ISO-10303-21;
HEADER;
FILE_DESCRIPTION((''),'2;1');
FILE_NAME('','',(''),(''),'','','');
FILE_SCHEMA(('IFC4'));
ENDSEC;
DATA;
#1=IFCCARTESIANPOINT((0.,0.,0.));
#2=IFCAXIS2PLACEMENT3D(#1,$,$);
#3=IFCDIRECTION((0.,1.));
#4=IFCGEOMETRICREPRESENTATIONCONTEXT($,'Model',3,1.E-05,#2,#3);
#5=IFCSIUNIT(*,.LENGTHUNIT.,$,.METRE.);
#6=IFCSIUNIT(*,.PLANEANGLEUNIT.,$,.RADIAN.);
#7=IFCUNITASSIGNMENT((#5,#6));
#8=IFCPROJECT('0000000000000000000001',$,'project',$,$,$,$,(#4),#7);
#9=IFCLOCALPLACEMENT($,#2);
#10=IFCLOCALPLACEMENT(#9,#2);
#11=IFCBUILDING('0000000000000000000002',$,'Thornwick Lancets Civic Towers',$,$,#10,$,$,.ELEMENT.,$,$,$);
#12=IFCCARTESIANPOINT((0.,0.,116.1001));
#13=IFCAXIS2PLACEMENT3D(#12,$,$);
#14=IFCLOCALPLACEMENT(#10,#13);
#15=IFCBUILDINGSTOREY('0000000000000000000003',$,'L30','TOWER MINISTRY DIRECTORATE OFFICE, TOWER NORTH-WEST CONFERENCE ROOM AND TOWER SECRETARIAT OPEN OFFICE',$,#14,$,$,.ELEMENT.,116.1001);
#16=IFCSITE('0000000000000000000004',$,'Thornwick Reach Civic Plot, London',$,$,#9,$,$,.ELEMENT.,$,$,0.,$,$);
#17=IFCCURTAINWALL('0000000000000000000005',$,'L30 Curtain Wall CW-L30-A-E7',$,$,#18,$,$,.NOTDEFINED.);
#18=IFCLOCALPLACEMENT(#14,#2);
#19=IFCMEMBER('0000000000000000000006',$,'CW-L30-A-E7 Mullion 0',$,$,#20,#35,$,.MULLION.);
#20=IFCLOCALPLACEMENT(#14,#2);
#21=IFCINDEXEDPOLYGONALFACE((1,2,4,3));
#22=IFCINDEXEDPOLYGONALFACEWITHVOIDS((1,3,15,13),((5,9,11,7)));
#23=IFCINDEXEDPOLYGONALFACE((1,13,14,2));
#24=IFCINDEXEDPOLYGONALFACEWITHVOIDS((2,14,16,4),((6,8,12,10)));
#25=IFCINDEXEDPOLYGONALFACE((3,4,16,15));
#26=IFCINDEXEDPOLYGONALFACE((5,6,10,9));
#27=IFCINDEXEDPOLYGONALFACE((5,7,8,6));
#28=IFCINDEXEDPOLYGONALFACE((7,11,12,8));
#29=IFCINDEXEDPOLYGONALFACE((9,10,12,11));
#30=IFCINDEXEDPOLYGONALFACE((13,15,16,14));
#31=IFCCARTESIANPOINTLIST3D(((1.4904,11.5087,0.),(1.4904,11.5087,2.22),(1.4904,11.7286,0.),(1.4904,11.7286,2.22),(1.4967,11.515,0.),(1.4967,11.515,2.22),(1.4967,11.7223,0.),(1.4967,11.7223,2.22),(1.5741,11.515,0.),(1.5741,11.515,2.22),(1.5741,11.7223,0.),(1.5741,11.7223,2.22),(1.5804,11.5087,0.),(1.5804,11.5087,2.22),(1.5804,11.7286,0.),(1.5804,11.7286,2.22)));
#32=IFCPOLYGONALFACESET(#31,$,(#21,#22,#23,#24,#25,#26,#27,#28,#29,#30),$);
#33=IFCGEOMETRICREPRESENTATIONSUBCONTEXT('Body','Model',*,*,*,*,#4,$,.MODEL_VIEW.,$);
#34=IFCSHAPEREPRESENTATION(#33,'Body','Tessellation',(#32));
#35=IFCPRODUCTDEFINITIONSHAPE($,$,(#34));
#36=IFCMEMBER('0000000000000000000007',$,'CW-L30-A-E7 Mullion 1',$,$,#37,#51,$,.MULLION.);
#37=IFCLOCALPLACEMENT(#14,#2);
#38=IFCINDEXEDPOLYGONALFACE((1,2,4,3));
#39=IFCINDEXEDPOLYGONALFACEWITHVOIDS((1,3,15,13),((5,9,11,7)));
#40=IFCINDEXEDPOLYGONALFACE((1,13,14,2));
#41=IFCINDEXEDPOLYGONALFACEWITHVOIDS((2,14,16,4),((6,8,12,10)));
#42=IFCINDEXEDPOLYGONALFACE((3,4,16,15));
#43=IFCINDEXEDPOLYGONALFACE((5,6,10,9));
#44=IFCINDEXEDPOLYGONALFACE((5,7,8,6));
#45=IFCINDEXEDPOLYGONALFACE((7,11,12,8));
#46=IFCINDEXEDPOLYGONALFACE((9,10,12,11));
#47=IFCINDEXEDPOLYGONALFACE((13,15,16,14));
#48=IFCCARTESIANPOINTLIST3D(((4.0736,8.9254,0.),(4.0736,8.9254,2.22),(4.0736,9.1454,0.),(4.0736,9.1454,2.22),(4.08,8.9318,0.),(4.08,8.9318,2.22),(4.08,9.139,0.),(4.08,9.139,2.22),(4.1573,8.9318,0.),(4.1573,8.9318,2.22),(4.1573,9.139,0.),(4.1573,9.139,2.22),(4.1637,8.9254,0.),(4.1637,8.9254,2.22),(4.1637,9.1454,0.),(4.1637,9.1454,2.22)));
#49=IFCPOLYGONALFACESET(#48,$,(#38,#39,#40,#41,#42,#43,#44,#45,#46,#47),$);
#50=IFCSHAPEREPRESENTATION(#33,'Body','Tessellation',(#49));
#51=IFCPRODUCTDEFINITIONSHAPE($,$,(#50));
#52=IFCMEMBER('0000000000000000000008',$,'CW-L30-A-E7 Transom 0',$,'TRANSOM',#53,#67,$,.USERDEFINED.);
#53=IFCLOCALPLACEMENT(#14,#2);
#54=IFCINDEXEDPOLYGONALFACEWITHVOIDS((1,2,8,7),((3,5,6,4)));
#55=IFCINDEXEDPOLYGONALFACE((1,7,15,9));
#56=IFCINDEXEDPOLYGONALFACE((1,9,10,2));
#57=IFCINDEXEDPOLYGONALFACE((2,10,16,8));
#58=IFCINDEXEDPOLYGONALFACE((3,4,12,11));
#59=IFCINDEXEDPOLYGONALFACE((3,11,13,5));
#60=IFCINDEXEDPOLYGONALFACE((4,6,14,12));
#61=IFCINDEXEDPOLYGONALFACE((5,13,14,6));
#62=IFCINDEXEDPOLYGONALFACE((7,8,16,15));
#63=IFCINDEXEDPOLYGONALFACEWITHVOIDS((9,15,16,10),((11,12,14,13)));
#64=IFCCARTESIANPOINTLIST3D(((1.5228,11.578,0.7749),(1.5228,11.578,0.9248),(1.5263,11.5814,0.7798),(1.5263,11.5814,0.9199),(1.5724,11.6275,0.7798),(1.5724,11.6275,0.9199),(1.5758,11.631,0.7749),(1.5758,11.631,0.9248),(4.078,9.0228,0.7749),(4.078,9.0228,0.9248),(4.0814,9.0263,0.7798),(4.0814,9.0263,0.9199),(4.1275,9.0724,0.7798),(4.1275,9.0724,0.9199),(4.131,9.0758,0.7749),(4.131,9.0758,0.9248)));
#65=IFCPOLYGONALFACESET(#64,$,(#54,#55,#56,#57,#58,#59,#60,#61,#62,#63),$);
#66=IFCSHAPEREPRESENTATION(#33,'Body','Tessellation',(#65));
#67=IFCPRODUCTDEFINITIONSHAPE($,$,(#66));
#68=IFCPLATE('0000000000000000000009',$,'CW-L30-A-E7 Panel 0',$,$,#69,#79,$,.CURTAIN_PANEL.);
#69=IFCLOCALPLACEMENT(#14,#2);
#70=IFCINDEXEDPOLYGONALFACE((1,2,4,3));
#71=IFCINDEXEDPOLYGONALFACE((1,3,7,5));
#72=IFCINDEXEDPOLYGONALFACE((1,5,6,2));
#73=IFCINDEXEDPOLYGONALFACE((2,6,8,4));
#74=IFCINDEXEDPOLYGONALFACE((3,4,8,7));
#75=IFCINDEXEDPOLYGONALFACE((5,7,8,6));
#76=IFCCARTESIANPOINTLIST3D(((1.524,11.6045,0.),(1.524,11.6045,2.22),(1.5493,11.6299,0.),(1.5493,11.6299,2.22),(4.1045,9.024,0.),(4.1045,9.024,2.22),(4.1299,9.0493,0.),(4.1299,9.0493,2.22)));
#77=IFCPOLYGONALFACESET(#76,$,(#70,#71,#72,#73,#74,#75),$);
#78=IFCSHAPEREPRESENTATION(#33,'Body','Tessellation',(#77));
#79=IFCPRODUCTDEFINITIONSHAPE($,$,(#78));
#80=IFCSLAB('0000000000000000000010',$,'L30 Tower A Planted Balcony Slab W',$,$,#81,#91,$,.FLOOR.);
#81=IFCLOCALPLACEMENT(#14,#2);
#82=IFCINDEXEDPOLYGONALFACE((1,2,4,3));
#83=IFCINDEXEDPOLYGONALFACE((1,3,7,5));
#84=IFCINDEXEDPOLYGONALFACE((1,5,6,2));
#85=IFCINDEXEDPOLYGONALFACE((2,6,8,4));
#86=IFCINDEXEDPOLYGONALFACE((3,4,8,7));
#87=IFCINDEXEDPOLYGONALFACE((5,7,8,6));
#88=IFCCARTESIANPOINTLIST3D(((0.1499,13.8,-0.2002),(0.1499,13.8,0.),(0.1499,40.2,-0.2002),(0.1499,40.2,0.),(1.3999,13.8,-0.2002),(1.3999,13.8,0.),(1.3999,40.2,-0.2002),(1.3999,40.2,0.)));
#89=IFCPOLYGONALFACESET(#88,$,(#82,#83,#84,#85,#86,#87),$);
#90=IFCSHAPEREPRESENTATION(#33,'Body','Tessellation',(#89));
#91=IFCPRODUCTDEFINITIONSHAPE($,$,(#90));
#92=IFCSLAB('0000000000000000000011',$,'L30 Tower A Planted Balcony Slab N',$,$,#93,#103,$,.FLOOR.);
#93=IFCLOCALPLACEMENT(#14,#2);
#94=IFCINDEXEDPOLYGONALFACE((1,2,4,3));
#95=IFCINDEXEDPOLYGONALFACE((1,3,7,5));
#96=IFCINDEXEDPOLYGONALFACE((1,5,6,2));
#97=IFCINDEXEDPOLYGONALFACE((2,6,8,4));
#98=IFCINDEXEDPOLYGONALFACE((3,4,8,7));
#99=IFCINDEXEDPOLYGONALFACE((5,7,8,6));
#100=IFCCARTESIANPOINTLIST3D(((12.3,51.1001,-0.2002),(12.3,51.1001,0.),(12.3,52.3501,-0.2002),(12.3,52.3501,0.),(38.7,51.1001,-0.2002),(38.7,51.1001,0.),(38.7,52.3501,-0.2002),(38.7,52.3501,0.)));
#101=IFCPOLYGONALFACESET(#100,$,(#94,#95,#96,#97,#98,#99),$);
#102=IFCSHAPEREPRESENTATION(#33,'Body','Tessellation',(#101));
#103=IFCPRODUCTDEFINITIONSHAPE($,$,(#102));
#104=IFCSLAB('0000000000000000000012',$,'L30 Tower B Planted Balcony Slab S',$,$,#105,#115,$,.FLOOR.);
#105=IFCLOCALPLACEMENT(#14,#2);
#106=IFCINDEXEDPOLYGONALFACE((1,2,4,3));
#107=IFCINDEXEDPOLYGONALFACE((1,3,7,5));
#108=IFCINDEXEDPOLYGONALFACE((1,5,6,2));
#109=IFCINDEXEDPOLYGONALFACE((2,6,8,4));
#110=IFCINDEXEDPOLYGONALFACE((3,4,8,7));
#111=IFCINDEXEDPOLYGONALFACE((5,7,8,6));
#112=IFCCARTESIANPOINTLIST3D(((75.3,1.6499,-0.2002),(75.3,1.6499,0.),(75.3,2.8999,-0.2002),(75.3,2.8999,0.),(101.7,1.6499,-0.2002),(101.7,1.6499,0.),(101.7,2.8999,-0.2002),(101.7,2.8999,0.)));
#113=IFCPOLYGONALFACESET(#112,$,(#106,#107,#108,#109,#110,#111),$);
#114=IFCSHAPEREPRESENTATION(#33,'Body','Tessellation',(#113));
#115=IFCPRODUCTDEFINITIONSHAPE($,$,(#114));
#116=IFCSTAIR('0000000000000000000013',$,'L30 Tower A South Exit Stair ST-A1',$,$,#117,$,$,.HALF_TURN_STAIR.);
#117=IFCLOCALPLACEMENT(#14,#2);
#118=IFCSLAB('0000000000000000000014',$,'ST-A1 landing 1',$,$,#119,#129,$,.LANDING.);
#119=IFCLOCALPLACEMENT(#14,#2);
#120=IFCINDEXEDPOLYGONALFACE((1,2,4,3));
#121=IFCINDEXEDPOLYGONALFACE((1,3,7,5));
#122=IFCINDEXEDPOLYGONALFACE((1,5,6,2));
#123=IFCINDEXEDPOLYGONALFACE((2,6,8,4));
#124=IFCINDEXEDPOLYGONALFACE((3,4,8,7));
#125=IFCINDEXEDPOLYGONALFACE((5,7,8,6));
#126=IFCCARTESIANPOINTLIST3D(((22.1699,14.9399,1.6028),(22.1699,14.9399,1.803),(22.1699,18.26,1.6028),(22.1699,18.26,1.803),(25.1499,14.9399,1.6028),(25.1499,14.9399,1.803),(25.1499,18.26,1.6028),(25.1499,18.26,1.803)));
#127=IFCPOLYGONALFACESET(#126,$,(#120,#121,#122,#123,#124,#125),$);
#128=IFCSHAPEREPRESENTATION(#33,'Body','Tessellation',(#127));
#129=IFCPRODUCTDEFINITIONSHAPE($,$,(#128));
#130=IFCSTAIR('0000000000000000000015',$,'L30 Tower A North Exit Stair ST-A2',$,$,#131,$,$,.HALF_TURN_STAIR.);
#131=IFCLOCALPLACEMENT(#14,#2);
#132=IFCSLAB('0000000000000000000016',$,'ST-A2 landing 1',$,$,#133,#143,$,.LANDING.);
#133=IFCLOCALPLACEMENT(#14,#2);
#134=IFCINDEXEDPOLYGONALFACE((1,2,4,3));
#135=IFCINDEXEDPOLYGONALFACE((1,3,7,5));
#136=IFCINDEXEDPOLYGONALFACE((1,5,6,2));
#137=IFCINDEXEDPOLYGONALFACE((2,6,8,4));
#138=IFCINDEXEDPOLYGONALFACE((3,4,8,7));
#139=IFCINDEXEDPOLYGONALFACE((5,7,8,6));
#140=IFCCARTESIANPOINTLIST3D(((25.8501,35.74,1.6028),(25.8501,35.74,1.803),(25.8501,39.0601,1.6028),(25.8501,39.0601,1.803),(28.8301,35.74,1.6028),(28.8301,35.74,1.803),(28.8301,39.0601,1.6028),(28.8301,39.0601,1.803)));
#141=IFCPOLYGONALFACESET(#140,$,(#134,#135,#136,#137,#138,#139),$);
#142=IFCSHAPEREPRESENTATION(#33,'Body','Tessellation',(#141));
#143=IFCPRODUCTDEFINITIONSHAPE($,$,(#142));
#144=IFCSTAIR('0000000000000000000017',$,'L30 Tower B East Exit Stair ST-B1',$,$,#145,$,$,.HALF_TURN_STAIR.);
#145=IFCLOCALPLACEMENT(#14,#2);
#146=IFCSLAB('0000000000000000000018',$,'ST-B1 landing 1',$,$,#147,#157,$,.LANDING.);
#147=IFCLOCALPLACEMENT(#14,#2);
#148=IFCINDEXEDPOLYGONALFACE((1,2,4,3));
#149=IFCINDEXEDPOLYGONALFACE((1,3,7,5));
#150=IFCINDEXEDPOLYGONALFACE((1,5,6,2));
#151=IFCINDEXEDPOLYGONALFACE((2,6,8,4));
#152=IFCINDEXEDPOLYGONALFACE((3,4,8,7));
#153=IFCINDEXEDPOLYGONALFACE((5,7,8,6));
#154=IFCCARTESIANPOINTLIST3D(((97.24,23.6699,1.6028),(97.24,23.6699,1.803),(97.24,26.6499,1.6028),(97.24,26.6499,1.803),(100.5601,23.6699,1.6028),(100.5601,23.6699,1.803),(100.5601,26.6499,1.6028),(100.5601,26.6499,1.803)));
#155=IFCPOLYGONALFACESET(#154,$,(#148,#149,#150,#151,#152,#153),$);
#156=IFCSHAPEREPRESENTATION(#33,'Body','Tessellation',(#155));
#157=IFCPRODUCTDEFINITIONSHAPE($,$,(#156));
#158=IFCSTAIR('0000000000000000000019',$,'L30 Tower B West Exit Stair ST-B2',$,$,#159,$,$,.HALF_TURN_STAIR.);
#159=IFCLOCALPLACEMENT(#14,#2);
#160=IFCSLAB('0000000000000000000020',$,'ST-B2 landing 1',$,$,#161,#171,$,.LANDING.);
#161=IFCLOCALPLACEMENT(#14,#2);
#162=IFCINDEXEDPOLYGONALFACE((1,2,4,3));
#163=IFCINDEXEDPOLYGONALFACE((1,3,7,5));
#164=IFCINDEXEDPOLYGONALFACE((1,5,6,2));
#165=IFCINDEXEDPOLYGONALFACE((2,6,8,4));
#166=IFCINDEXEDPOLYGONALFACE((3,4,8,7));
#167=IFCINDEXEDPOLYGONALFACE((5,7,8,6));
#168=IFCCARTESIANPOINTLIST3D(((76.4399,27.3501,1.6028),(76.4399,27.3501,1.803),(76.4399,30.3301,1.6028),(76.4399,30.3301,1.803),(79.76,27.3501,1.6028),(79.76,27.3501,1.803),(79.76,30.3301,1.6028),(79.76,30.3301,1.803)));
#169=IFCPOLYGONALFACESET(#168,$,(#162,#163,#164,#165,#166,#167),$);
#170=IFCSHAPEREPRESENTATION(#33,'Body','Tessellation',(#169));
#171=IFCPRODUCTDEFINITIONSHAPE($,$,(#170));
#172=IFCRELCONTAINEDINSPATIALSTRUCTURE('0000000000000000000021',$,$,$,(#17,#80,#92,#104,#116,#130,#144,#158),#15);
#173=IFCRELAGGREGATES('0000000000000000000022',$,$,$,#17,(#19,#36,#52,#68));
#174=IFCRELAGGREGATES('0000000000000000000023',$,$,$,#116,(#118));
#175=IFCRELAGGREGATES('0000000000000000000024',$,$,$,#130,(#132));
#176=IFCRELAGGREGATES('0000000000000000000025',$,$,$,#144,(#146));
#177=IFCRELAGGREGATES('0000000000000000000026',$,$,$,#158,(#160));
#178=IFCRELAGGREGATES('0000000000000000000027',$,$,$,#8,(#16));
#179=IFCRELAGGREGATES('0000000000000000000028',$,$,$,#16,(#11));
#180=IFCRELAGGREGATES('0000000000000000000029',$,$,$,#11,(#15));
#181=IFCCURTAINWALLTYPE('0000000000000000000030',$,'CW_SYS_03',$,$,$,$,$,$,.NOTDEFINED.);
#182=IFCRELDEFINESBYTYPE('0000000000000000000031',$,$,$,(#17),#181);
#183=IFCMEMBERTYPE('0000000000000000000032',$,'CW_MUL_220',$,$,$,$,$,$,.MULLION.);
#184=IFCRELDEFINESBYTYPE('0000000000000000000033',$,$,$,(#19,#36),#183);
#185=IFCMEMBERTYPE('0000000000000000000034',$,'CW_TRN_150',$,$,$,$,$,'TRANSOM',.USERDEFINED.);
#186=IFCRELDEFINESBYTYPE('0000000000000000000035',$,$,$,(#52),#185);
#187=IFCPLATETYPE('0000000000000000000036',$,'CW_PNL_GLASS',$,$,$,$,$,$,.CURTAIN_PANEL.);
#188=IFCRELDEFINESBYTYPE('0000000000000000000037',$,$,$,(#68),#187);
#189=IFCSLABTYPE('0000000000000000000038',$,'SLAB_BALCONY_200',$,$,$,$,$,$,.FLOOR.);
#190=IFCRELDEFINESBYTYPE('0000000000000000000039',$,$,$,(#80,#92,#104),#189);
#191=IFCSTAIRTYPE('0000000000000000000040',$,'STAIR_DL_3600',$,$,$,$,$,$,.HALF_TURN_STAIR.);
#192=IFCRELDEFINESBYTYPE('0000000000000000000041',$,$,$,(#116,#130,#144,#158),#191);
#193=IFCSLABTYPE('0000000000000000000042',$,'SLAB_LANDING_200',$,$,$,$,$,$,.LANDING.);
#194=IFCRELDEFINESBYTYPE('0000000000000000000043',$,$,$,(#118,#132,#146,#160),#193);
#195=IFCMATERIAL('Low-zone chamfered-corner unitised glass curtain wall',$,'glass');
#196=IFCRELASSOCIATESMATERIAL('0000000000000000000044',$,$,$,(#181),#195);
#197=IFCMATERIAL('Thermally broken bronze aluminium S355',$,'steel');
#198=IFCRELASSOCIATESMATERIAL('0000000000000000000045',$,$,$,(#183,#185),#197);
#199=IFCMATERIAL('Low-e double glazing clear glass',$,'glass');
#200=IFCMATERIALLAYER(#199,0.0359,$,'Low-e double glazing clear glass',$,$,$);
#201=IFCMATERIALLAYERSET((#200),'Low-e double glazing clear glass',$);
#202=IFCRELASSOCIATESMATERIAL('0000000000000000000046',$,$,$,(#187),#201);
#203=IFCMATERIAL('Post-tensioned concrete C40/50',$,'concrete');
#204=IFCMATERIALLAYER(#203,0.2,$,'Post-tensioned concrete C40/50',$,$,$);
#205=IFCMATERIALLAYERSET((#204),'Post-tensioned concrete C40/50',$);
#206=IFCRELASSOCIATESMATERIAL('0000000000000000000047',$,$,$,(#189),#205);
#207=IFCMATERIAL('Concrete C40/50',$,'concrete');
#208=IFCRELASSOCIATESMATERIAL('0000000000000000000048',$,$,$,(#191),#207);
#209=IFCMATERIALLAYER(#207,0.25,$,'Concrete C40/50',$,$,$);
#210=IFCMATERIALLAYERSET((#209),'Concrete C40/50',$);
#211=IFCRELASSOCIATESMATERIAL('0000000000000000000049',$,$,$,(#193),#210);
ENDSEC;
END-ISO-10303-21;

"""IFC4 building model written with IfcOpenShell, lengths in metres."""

from ifc_helpers import new_model, si_unit, direction, frame, origin, origin_2d, place, context, subcontext, project, spatial, polyline, rectangle, hollow_rectangle, outline, extrude, material, layer, layer_set, material_profile, profile_set, type_object, element, aggregate, save


model = new_model("IFC4")

# Units and contexts
model_context = context("Model", 3, precision=1e-05, world=origin(), true_north=direction((0.0, 1.0)))
body_context = subcontext(model_context, "Body", "Model", "MODEL_VIEW")
ifc_project = project(units=[si_unit("LENGTHUNIT", "METRE"), si_unit("PLANEANGLEUNIT", "RADIAN")], contexts=[model_context])

# Site, building, storey
site_placement = place(None, origin())
site = spatial("IfcSite", under=ifc_project, at=site_placement, Name="Thornwick Reach Civic Plot, London", CompositionType="ELEMENT", RefElevation=0.0)
building_placement = place(site_placement, origin())
building = spatial("IfcBuilding", under=site, at=building_placement, Name="Thornwick Lancets Civic Towers", CompositionType="ELEMENT")
storey_placement = place(building_placement, frame((0.0, 0.0, 116.1001)))
storey = spatial("IfcBuildingStorey", under=building, at=storey_placement, Name="L30", Description="TOWER MINISTRY DIRECTORATE OFFICE, TOWER NORTH-WEST CONFERENCE ROOM AND TOWER SECRETARIAT OPEN OFFICE", CompositionType="ELEMENT", Elevation=116.1001)

# Curtain wall, members, plate
ifc_material_1 = material(Name="Low-zone chamfered-corner unitised glass curtain wall", Category="glass")
curtain_wall_type = type_object("IfcCurtainWallType", Name="CW_SYS_03", PredefinedType="NOTDEFINED", material=ifc_material_1)
curtain_wall_placement = place(storey_placement, origin())
curtain_wall = element("IfcCurtainWall", 1, at=curtain_wall_placement, inside=storey, type_object=curtain_wall_type, Name="L30 Curtain Wall CW-L30-A-E7", PredefinedType="NOTDEFINED")
ifc_material_2 = material(Name="Thermally broken bronze aluminium S355", Category="steel")
ifc_material_profile_1 = material_profile(ifc_material_2, hollow_rectangle(XDim=0.0901, YDim=0.22, WallThickness=0.0063, at=origin_2d()), Name="RHS 220x90x6.3")
ifc_profile_set_1 = profile_set([ifc_material_profile_1], Name="Thermally broken bronze aluminium S355")
member_type_1 = type_object("IfcMemberType", Name="CW_MUL_220", PredefinedType="MULLION", material=ifc_profile_set_1)
member_1_placement = place(storey_placement, frame((1.5354, 11.6187, 0.0), z_axis=(0.0, 0.0, 1.0), x_axis=(1.0, 0.0, 0.0)))
member_1 = element("IfcMember", 2, at=member_1_placement, type_object=member_type_1, Name="CW-L30-A-E7 Mullion 0", PredefinedType="MULLION", context=body_context, shape_type="SweptSolid", body=[
    extrude(hollow_rectangle(XDim=0.0901, YDim=0.22, WallThickness=0.0063, at=origin_2d()), origin(), (0.0, 0.0, 1.0), 2.22),
])
member_2_placement = place(storey_placement, frame((4.1187, 9.0354, 0.0), z_axis=(0.0, 0.0, 1.0), x_axis=(1.0, 0.0, 0.0)))
member_2 = element("IfcMember", 3, at=member_2_placement, type_object=member_type_1, Name="CW-L30-A-E7 Mullion 1", PredefinedType="MULLION", context=body_context, shape_type="SweptSolid", body=[
    extrude(hollow_rectangle(XDim=0.0901, YDim=0.22, WallThickness=0.0063, at=origin_2d()), origin(), (0.0, 0.0, 1.0), 2.22),
])
ifc_material_profile_2 = material_profile(ifc_material_2, hollow_rectangle(XDim=0.075, YDim=0.1499, WallThickness=0.0049, at=origin_2d()), Name="RHS 150x75x5")
ifc_profile_set_2 = profile_set([ifc_material_profile_2], Name="Thermally broken bronze aluminium S355")
member_type_2 = type_object("IfcMemberType", Name="CW_TRN_150", ElementType="TRANSOM", PredefinedType="USERDEFINED", material=ifc_profile_set_2)
member_3_placement = place(storey_placement, frame((1.5493, 11.6045, 0.8499), z_axis=(0.707107, -0.707107, 0.0), x_axis=(0.707107, 0.707107, 0.0)))
member_3 = element("IfcMember", 4, at=member_3_placement, type_object=member_type_2, Name="CW-L30-A-E7 Transom 0", ObjectType="TRANSOM", PredefinedType="USERDEFINED", context=body_context, shape_type="SweptSolid", body=[
    extrude(hollow_rectangle(XDim=0.075, YDim=0.1499, WallThickness=0.0049, at=origin_2d()), origin(), (0.0, 0.0, 1.0), 3.6135),
])
ifc_material_3 = material(Name="Low-e double glazing clear glass", Category="glass")
ifc_layer_1 = layer(ifc_material_3, 0.0359, Name="Low-e double glazing clear glass")
ifc_layer_set_1 = layer_set([ifc_layer_1], Name="Low-e double glazing clear glass")
plate_type = type_object("IfcPlateType", Name="CW_PNL_GLASS", PredefinedType="CURTAIN_PANEL", material=ifc_layer_set_1)
plate_placement = place(storey_placement, frame((2.8269, 10.3269, 0.0), z_axis=(0.0, 0.0, 1.0), x_axis=(0.707107, -0.707107, 0.0)))
plate = element("IfcPlate", 5, at=plate_placement, type_object=plate_type, Name="CW-L30-A-E7 Panel 0", PredefinedType="CURTAIN_PANEL", context=body_context, shape_type="SweptSolid", body=[
    extrude(rectangle(XDim=3.6494, YDim=0.0359, at=origin_2d()), origin(), (0.0, 0.0, 1.0), 2.22),
])
aggregate(curtain_wall, [member_1, member_2, member_3, plate])

# Slabs
ifc_material_4 = material(Name="Post-tensioned concrete C40/50", Category="concrete")
ifc_layer_2 = layer(ifc_material_4, 0.2, Name="Post-tensioned concrete C40/50")
ifc_layer_set_2 = layer_set([ifc_layer_2], Name="Post-tensioned concrete C40/50")
slab_type_1 = type_object("IfcSlabType", Name="SLAB_BALCONY_200", PredefinedType="FLOOR", material=ifc_layer_set_2)
slab_1_placement = place(storey_placement, frame((0.0, 0.0, -0.2002)))
element("IfcSlab", 6, at=slab_1_placement, inside=storey, type_object=slab_type_1, Name="L30 Tower A Planted Balcony Slab W", PredefinedType="FLOOR", context=body_context, shape_type="SweptSolid", body=[
    extrude(outline(polyline([(0.1499, 13.8), (1.3999, 13.8), (1.3999, 40.2), (0.1499, 40.2), (0.1499, 13.8)])), origin(), (0.0, 0.0, 1.0), 0.2002),
])
slab_2_placement = place(storey_placement, frame((0.0, 0.0, -0.2002)))
element("IfcSlab", 7, at=slab_2_placement, inside=storey, type_object=slab_type_1, Name="L30 Tower A Planted Balcony Slab N", PredefinedType="FLOOR", context=body_context, shape_type="SweptSolid", body=[
    extrude(outline(polyline([(12.3, 51.1001), (38.7, 51.1001), (38.7, 52.3501), (12.3, 52.3501), (12.3, 51.1001)])), origin(), (0.0, 0.0, 1.0), 0.2002),
])
slab_3_placement = place(storey_placement, frame((0.0, 0.0, -0.2002)))
element("IfcSlab", 8, at=slab_3_placement, inside=storey, type_object=slab_type_1, Name="L30 Tower B Planted Balcony Slab S", PredefinedType="FLOOR", context=body_context, shape_type="SweptSolid", body=[
    extrude(outline(polyline([(75.3, 1.6499), (101.7, 1.6499), (101.7, 2.8999), (75.3, 2.8999), (75.3, 1.6499)])), origin(), (0.0, 0.0, 1.0), 0.2002),
])

# Stairs, slabs
ifc_material_5 = material(Name="Concrete C40/50", Category="concrete")
stair_type = type_object("IfcStairType", Name="STAIR_DL_3600", PredefinedType="HALF_TURN_STAIR", material=ifc_material_5)
stair_1_placement = place(storey_placement, origin())
stair_1 = element("IfcStair", 9, at=stair_1_placement, inside=storey, type_object=stair_type, Name="L30 Tower A South Exit Stair ST-A1", PredefinedType="HALF_TURN_STAIR")
ifc_layer_3 = layer(ifc_material_5, 0.25, Name="Concrete C40/50")
ifc_layer_set_3 = layer_set([ifc_layer_3], Name="Concrete C40/50")
slab_type_2 = type_object("IfcSlabType", Name="SLAB_LANDING_200", PredefinedType="LANDING", material=ifc_layer_set_3)
slab_4_placement = place(storey_placement, frame((0.0, 0.0, 1.6028)))
slab_4 = element("IfcSlab", 10, at=slab_4_placement, type_object=slab_type_2, Name="ST-A1 landing 1", PredefinedType="LANDING", context=body_context, shape_type="SweptSolid", body=[
    extrude(outline(polyline([(22.1699, 14.9399), (25.1499, 14.9399), (25.1499, 18.26), (22.1699, 18.26), (22.1699, 14.9399)])), origin(), (0.0, 0.0, 1.0), 0.2002),
])
aggregate(stair_1, [slab_4])
stair_2_placement = place(storey_placement, origin())
stair_2 = element("IfcStair", 11, at=stair_2_placement, inside=storey, type_object=stair_type, Name="L30 Tower A North Exit Stair ST-A2", PredefinedType="HALF_TURN_STAIR")
slab_5_placement = place(storey_placement, frame((0.0, 0.0, 1.6028)))
slab_5 = element("IfcSlab", 12, at=slab_5_placement, type_object=slab_type_2, Name="ST-A2 landing 1", PredefinedType="LANDING", context=body_context, shape_type="SweptSolid", body=[
    extrude(outline(polyline([(28.8301, 39.0601), (25.8501, 39.0601), (25.8501, 35.74), (28.8301, 35.74), (28.8301, 39.0601)])), origin(), (0.0, 0.0, 1.0), 0.2002),
])
aggregate(stair_2, [slab_5])
stair_3_placement = place(storey_placement, origin())
stair_3 = element("IfcStair", 13, at=stair_3_placement, inside=storey, type_object=stair_type, Name="L30 Tower B East Exit Stair ST-B1", PredefinedType="HALF_TURN_STAIR")
slab_6_placement = place(storey_placement, frame((0.0, 0.0, 1.6028)))
slab_6 = element("IfcSlab", 14, at=slab_6_placement, type_object=slab_type_2, Name="ST-B1 landing 1", PredefinedType="LANDING", context=body_context, shape_type="SweptSolid", body=[
    extrude(outline(polyline([(100.5601, 23.6699), (100.5601, 26.6499), (97.24, 26.6499), (97.24, 23.6699), (100.5601, 23.6699)])), origin(), (0.0, 0.0, 1.0), 0.2002),
])
aggregate(stair_3, [slab_6])
stair_4_placement = place(storey_placement, origin())
stair_4 = element("IfcStair", 15, at=stair_4_placement, inside=storey, type_object=stair_type, Name="L30 Tower B West Exit Stair ST-B2", PredefinedType="HALF_TURN_STAIR")
slab_7_placement = place(storey_placement, frame((0.0, 0.0, 1.6028)))
slab_7 = element("IfcSlab", 16, at=slab_7_placement, type_object=slab_type_2, Name="ST-B2 landing 1", PredefinedType="LANDING", context=body_context, shape_type="SweptSolid", body=[
    extrude(outline(polyline([(76.4399, 30.3301), (76.4399, 27.3501), (79.76, 27.3501), (79.76, 30.3301), (76.4399, 30.3301)])), origin(), (0.0, 0.0, 1.0), 0.2002),
])
aggregate(stair_4, [slab_7])

save(model, "model.ifc")
